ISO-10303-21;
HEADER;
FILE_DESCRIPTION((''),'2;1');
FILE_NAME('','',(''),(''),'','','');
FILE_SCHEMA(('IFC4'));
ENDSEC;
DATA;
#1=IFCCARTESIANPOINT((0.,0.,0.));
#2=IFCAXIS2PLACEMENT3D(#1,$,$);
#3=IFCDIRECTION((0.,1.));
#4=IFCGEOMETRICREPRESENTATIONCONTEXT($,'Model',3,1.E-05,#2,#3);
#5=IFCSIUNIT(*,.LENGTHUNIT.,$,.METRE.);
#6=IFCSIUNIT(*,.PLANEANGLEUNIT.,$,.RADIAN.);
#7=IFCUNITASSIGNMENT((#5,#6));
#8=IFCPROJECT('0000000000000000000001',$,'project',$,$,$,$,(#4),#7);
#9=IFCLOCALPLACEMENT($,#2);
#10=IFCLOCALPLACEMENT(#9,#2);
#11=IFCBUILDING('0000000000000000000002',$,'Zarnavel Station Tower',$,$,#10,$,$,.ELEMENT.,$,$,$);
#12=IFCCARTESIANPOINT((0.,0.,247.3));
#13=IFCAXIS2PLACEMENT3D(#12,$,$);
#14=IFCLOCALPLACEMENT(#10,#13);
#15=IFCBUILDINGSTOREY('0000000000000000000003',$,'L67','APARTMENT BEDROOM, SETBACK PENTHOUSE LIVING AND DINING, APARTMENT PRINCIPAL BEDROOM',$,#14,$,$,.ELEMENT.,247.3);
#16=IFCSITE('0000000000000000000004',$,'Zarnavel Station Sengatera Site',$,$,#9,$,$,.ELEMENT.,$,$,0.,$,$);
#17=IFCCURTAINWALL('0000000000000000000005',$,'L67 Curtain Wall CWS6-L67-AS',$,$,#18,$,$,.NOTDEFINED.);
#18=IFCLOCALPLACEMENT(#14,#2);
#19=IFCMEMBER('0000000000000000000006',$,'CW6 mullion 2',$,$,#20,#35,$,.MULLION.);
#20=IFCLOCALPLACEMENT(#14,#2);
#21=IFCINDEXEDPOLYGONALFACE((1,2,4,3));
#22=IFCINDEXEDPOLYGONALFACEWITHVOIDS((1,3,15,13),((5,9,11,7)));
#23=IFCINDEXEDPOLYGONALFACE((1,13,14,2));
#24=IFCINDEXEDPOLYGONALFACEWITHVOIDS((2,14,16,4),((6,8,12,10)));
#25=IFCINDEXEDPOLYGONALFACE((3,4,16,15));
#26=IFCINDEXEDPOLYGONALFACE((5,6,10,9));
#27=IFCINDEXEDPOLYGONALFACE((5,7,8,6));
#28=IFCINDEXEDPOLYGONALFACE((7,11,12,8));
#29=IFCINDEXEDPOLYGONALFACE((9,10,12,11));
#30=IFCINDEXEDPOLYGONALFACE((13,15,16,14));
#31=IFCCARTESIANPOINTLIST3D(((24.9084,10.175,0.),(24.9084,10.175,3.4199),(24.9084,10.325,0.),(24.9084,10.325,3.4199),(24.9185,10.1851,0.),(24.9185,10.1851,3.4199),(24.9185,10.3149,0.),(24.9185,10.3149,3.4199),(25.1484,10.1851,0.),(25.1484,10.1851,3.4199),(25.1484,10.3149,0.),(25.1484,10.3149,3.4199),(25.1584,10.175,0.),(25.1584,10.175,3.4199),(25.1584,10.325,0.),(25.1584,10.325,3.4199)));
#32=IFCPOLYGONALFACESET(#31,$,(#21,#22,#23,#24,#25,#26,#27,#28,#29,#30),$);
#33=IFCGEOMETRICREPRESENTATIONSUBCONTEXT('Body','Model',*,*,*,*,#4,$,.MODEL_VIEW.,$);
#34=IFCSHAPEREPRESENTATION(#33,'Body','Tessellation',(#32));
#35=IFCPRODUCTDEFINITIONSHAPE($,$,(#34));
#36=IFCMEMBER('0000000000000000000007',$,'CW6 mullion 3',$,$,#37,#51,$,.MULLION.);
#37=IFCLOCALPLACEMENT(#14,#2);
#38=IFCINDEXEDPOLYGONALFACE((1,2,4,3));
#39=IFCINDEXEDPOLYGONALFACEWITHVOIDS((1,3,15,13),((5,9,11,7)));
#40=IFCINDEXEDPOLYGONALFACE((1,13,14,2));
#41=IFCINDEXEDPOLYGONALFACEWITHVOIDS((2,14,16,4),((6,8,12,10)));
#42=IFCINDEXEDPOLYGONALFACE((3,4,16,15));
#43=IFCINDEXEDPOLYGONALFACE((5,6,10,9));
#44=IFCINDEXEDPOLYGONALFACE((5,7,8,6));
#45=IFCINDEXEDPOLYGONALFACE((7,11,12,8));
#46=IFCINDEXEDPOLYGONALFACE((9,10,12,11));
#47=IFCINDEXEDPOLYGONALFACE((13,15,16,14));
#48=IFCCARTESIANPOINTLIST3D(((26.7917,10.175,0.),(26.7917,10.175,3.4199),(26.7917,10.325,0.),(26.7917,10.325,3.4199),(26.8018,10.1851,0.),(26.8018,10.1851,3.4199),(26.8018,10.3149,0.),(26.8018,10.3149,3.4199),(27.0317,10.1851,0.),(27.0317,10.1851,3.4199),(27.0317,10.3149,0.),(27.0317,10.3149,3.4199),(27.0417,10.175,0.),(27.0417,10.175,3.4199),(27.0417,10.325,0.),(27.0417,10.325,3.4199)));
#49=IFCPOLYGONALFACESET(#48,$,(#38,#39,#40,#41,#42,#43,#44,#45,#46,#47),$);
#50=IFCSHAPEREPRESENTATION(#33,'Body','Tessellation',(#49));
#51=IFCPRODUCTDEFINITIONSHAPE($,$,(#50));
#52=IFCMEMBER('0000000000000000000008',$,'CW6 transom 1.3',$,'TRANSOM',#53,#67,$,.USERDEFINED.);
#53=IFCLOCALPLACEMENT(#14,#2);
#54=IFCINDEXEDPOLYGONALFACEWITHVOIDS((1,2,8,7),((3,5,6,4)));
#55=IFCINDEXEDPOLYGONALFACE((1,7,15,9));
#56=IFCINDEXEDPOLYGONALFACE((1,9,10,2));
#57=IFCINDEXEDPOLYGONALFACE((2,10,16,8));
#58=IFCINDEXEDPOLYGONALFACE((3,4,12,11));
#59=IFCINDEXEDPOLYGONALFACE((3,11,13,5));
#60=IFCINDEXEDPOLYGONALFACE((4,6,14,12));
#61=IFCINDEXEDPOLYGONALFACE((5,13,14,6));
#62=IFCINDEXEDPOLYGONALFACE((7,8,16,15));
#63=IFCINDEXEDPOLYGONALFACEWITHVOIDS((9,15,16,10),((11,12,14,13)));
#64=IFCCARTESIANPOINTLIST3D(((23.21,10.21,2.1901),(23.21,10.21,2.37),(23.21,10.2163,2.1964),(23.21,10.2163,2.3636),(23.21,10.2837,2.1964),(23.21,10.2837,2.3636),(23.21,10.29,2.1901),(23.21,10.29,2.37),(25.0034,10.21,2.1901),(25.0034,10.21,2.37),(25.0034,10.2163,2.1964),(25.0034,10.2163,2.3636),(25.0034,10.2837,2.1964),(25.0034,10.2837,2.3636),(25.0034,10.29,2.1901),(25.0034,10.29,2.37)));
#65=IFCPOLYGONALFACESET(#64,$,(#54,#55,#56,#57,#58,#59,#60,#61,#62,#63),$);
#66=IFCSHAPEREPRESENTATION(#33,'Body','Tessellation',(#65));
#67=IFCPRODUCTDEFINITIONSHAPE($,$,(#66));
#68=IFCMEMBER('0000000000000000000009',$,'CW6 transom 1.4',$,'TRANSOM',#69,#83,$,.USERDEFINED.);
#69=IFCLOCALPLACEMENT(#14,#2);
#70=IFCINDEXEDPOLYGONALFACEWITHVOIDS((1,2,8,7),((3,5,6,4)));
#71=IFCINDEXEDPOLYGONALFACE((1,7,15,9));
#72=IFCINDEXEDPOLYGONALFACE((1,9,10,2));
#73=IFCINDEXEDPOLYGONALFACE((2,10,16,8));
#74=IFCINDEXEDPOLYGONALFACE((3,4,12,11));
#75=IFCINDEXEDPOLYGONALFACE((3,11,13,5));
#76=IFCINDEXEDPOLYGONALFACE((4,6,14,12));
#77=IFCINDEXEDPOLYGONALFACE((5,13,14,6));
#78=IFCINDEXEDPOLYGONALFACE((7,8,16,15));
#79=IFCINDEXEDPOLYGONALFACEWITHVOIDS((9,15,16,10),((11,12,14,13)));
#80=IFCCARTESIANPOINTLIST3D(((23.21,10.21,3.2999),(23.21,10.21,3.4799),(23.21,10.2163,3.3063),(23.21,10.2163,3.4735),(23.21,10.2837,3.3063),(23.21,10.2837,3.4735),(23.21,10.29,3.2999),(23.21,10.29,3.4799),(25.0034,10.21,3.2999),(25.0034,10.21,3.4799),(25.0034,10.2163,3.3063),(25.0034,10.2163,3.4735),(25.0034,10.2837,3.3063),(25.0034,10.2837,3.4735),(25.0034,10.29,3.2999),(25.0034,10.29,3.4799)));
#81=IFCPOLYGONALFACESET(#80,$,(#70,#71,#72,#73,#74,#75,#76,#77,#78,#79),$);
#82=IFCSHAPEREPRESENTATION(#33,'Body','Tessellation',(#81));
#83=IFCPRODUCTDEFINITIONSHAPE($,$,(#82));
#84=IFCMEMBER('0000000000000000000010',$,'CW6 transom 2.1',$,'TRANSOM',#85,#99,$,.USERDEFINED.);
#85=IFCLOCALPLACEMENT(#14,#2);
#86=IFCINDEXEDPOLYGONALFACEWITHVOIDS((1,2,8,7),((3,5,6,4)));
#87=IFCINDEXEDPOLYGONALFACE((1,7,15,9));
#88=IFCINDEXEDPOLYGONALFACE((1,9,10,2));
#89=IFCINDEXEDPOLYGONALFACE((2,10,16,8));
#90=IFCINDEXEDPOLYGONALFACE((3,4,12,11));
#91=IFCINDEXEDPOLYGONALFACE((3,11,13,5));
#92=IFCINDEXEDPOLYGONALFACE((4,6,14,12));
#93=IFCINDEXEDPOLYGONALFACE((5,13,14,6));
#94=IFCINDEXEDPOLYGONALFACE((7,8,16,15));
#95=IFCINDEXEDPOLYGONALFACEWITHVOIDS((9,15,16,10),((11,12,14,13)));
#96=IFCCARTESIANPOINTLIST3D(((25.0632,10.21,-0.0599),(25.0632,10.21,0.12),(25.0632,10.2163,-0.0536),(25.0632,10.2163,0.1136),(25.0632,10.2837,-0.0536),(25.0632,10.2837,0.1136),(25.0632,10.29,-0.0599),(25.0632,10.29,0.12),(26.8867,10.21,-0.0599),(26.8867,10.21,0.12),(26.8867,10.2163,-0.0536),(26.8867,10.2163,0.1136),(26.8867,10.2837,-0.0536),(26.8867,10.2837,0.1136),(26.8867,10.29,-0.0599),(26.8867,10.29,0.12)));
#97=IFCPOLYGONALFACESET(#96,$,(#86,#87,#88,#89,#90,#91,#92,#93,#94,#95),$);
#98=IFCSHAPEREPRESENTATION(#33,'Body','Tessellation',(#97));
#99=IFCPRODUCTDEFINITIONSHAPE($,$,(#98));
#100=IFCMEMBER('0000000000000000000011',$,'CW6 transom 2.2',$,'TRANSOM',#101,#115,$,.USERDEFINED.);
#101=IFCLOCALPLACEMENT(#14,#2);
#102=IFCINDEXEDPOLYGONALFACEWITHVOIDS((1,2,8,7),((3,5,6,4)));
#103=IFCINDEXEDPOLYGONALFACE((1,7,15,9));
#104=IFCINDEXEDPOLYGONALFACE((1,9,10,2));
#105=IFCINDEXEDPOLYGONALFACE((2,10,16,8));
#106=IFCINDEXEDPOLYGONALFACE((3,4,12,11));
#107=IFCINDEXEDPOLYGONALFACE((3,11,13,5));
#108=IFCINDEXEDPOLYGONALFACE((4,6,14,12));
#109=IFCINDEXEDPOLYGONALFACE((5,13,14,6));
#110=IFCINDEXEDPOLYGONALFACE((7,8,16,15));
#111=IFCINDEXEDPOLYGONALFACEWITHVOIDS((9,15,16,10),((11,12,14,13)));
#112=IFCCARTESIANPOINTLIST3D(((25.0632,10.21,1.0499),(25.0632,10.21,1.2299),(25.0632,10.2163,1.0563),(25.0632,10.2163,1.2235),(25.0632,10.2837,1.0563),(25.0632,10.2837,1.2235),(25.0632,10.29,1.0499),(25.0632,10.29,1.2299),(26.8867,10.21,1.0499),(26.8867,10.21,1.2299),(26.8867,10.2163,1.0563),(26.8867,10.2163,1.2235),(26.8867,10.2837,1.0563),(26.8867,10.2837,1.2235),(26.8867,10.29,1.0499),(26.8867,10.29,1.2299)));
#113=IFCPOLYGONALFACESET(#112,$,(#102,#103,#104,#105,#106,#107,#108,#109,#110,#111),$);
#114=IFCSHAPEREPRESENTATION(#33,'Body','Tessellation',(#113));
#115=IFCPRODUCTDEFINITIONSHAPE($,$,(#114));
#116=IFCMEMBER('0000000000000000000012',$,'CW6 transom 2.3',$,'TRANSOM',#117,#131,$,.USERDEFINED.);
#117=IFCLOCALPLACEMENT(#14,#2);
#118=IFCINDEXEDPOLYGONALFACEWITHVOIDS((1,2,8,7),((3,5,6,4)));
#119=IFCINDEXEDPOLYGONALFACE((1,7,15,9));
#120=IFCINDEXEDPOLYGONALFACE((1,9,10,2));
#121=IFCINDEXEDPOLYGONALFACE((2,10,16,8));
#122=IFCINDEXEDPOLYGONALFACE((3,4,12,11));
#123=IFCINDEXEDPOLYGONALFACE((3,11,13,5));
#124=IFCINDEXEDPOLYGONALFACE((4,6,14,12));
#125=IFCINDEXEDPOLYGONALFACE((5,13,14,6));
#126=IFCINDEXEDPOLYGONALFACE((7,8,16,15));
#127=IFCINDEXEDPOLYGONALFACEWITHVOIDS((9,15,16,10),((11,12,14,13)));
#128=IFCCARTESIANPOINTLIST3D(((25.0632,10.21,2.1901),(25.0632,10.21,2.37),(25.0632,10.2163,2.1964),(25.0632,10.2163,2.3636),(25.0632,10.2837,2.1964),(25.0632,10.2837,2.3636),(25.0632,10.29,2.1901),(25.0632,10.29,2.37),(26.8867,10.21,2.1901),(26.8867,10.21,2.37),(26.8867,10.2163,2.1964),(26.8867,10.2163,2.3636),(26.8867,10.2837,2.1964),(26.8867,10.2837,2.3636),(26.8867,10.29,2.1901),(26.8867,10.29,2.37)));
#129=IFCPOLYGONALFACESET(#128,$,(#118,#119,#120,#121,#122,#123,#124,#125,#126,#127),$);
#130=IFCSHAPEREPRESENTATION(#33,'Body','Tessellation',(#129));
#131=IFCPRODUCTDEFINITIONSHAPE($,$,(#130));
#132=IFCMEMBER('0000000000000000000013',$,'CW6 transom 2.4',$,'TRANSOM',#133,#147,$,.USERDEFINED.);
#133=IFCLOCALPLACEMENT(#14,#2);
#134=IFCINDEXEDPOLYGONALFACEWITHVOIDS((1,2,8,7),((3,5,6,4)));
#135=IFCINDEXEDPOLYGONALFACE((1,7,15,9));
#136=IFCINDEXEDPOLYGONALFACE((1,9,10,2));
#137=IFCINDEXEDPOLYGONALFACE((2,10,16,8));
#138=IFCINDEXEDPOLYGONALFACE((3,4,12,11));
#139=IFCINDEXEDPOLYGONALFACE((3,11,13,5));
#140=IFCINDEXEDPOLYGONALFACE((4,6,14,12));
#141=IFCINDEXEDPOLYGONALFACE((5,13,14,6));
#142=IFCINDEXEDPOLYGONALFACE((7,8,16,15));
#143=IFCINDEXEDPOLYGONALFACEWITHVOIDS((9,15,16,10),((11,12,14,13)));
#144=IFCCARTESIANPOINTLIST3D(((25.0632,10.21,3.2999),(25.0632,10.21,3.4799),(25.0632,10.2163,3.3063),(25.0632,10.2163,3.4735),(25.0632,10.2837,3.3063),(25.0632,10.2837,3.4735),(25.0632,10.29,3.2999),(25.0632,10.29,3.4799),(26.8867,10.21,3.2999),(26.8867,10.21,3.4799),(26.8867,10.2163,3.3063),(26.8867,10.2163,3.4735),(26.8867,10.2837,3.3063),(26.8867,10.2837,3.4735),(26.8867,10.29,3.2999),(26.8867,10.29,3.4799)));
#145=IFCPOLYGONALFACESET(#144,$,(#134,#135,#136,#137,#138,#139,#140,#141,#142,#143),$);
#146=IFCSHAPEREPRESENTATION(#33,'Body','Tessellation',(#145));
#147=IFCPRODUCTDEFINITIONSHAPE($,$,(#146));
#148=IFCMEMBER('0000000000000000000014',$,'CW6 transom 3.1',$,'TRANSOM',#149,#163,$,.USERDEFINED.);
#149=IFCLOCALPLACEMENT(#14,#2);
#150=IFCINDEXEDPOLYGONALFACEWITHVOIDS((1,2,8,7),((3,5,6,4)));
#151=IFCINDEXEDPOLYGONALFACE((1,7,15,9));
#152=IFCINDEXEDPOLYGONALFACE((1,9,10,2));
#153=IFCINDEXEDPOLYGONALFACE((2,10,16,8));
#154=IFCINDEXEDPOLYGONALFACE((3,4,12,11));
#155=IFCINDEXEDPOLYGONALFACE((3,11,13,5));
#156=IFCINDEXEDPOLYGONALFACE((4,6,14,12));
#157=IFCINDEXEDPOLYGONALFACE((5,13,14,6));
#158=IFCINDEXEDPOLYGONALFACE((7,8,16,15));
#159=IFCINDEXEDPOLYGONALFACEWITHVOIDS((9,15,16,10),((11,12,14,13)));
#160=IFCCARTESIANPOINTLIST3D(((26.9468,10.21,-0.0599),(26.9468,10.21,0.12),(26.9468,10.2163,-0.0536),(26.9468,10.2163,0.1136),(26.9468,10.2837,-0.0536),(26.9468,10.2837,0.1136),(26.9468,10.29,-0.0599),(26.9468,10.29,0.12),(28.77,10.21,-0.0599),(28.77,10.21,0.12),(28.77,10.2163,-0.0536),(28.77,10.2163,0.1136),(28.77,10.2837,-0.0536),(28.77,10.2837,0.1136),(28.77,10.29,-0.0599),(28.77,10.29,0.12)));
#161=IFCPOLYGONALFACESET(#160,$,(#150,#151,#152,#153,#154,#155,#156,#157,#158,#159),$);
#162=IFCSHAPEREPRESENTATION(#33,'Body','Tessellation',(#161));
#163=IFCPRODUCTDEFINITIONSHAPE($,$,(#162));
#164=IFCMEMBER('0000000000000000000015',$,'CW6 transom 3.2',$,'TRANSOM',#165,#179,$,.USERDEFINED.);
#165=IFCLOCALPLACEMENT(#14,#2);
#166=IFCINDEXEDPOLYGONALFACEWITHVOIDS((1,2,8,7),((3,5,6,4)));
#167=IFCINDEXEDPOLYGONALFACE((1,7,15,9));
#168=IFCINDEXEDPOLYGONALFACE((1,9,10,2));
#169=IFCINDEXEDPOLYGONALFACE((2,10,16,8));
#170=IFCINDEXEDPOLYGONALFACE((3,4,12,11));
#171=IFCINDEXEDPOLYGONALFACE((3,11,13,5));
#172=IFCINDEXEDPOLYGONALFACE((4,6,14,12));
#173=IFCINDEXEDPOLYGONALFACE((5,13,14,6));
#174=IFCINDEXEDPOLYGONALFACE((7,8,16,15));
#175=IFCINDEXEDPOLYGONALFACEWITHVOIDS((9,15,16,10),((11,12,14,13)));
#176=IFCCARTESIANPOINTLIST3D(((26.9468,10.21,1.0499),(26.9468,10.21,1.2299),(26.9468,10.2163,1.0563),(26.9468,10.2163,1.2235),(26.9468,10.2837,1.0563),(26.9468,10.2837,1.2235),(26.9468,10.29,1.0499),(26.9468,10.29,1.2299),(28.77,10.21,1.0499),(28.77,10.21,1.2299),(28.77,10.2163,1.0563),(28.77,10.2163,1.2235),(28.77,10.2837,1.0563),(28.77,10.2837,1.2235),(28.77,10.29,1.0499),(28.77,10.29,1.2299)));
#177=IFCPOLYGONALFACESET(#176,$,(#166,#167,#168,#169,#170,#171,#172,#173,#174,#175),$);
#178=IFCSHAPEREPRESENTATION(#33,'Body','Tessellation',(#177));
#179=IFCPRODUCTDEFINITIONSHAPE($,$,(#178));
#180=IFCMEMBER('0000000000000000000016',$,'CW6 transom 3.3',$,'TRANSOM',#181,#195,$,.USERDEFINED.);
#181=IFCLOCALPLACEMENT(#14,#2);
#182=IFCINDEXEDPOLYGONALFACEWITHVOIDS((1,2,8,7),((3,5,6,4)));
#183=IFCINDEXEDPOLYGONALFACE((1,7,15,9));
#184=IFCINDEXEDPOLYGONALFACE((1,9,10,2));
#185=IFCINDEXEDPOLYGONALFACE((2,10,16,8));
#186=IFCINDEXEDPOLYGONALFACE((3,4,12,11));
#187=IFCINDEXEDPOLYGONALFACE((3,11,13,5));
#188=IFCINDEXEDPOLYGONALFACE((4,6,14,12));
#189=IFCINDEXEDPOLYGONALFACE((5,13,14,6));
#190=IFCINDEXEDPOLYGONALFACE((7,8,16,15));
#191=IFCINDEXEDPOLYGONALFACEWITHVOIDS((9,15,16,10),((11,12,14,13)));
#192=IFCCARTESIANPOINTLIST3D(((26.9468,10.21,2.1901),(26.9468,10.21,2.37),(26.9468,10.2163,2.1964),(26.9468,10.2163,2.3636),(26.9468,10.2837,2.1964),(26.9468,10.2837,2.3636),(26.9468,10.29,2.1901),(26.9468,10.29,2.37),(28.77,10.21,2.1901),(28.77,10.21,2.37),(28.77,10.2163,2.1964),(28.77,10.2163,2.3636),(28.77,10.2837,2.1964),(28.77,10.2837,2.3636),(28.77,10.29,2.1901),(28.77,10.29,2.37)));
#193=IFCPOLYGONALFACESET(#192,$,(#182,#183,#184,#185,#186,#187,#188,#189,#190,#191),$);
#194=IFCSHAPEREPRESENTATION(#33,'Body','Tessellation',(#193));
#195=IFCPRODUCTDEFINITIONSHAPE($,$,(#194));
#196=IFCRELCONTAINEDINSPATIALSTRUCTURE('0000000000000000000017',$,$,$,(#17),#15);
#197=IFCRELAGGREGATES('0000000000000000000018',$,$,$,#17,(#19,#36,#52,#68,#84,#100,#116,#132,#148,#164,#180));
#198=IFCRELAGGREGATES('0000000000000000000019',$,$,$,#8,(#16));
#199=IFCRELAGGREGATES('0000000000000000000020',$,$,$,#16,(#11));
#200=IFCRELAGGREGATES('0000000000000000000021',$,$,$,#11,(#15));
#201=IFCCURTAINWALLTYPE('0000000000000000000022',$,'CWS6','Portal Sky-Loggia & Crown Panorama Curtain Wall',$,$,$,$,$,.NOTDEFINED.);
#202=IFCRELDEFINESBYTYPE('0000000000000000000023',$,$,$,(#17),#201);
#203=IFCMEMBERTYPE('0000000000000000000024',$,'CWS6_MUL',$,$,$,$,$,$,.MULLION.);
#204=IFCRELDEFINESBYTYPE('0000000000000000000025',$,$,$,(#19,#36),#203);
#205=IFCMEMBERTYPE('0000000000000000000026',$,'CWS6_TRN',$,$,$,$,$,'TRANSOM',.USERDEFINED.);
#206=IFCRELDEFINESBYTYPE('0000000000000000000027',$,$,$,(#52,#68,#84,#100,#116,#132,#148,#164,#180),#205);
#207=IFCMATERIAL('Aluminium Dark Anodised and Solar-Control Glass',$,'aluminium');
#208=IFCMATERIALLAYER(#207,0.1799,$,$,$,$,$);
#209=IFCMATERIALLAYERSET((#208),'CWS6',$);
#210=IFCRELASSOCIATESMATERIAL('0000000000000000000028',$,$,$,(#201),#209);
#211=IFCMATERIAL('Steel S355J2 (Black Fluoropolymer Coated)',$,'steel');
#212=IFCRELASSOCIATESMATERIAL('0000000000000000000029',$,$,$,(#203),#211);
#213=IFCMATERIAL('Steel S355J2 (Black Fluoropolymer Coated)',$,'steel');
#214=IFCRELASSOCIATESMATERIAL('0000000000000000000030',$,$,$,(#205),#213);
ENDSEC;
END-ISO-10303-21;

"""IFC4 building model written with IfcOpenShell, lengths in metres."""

from ifc_helpers import new_model, si_unit, direction, frame, origin, origin_2d, place, context, subcontext, project, spatial, hollow_rectangle, extrude, material, layer, layer_set, material_profile, profile_set, type_object, element, aggregate, save


model = new_model("IFC4")

# Units and contexts
model_context = context("Model", 3, precision=1e-05, world=origin(), true_north=direction((0.0, 1.0)))
body_context = subcontext(model_context, "Body", "Model", "MODEL_VIEW")
ifc_project = project(units=[si_unit("LENGTHUNIT", "METRE"), si_unit("PLANEANGLEUNIT", "RADIAN")], contexts=[model_context])

# Site, building, storey
site_placement = place(None, origin())
site = spatial("IfcSite", under=ifc_project, at=site_placement, Name="Zarnavel Station Sengatera Site", CompositionType="ELEMENT", RefElevation=0.0)
building_placement = place(site_placement, origin())
building = spatial("IfcBuilding", under=site, at=building_placement, Name="Zarnavel Station Tower", CompositionType="ELEMENT")
storey_placement = place(building_placement, frame((0.0, 0.0, 247.3)))
storey = spatial("IfcBuildingStorey", under=building, at=storey_placement, Name="L67", Description="APARTMENT BEDROOM, SETBACK PENTHOUSE LIVING AND DINING, APARTMENT PRINCIPAL BEDROOM", CompositionType="ELEMENT", Elevation=247.3)

# Curtain wall, members
ifc_material_1 = material(Name="Aluminium Dark Anodised and Solar-Control Glass", Category="aluminium")
ifc_layer_1 = layer(ifc_material_1, 0.1799)
ifc_layer_set_1 = layer_set([ifc_layer_1], Name="CWS6")
curtain_wall_type = type_object("IfcCurtainWallType", Name="CWS6", Description="Portal Sky-Loggia & Crown Panorama Curtain Wall", PredefinedType="NOTDEFINED", material=ifc_layer_set_1)
curtain_wall_placement = place(storey_placement, origin())
curtain_wall = element("IfcCurtainWall", 1, at=curtain_wall_placement, inside=storey, type_object=curtain_wall_type, Name="L67 Curtain Wall CWS6-L67-AS", PredefinedType="NOTDEFINED")
ifc_material_2 = material(Name="Steel S355J2 (Black Fluoropolymer Coated)", Category="steel")
ifc_material_profile_1 = material_profile(ifc_material_2, hollow_rectangle(XDim=0.1499, YDim=0.25, WallThickness=0.01, at=origin_2d()), Name="RHS250x150x10")
ifc_profile_set_1 = profile_set([ifc_material_profile_1], Name="Steel S355J2 (Black Fluoropolymer Coated)")
member_type_1 = type_object("IfcMemberType", Name="CWS6_MUL", PredefinedType="MULLION", material=ifc_profile_set_1)
member_1_placement = place(storey_placement, frame((25.0334, 10.25, 0.0), z_axis=(0.0, 0.0, 1.0), x_axis=(0.0, 1.0, 0.0)))
member_1 = element("IfcMember", 2, at=member_1_placement, type_object=member_type_1, Name="CW6 mullion 2", PredefinedType="MULLION", context=body_context, shape_type="SweptSolid", body=[
    extrude(hollow_rectangle(XDim=0.1499, YDim=0.25, WallThickness=0.01, at=origin_2d()), origin(), (0.0, 0.0, 1.0), 3.4199),
])
member_2_placement = place(storey_placement, frame((26.9167, 10.25, 0.0), z_axis=(0.0, 0.0, 1.0), x_axis=(0.0, 1.0, 0.0)))
member_2 = element("IfcMember", 3, at=member_2_placement, type_object=member_type_1, Name="CW6 mullion 3", PredefinedType="MULLION", context=body_context, shape_type="SweptSolid", body=[
    extrude(hollow_rectangle(XDim=0.1499, YDim=0.25, WallThickness=0.01, at=origin_2d()), origin(), (0.0, 0.0, 1.0), 3.4199),
])
ifc_material_3 = material(Name="Steel S355J2 (Black Fluoropolymer Coated)", Category="steel")
ifc_material_profile_2 = material_profile(ifc_material_3, hollow_rectangle(XDim=0.0801, YDim=0.1799, WallThickness=0.0063, at=origin_2d()), Name="RHS180x80x6.3")
ifc_profile_set_2 = profile_set([ifc_material_profile_2], Name="Steel S355J2 (Black Fluoropolymer Coated)")
member_type_2 = type_object("IfcMemberType", Name="CWS6_TRN", ElementType="TRANSOM", PredefinedType="USERDEFINED", material=ifc_profile_set_2)
member_3_placement = place(storey_placement, frame((23.21, 10.25, 2.28), z_axis=(1.0, 0.0, 0.0), x_axis=(0.0, 1.0, 0.0)))
member_3 = element("IfcMember", 4, at=member_3_placement, type_object=member_type_2, Name="CW6 transom 1.3", ObjectType="TRANSOM", PredefinedType="USERDEFINED", context=body_context, shape_type="SweptSolid", body=[
    extrude(hollow_rectangle(XDim=0.0801, YDim=0.1799, WallThickness=0.0063, at=origin_2d()), origin(), (0.0, 0.0, 1.0), 1.7935),
])
member_4_placement = place(storey_placement, frame((23.21, 10.25, 3.3899), z_axis=(1.0, 0.0, 0.0), x_axis=(0.0, 1.0, 0.0)))
member_4 = element("IfcMember", 5, at=member_4_placement, type_object=member_type_2, Name="CW6 transom 1.4", ObjectType="TRANSOM", PredefinedType="USERDEFINED", context=body_context, shape_type="SweptSolid", body=[
    extrude(hollow_rectangle(XDim=0.0801, YDim=0.1799, WallThickness=0.0063, at=origin_2d()), origin(), (0.0, 0.0, 1.0), 1.7935),
])
member_5_placement = place(storey_placement, frame((25.0632, 10.25, 0.03), z_axis=(1.0, 0.0, 0.0), x_axis=(0.0, 1.0, 0.0)))
member_5 = element("IfcMember", 6, at=member_5_placement, type_object=member_type_2, Name="CW6 transom 2.1", ObjectType="TRANSOM", PredefinedType="USERDEFINED", context=body_context, shape_type="SweptSolid", body=[
    extrude(hollow_rectangle(XDim=0.0801, YDim=0.1799, WallThickness=0.0063, at=origin_2d()), origin(), (0.0, 0.0, 1.0), 1.8235),
])
member_6_placement = place(storey_placement, frame((25.0632, 10.25, 1.1399), z_axis=(1.0, 0.0, 0.0), x_axis=(0.0, 1.0, 0.0)))
member_6 = element("IfcMember", 7, at=member_6_placement, type_object=member_type_2, Name="CW6 transom 2.2", ObjectType="TRANSOM", PredefinedType="USERDEFINED", context=body_context, shape_type="SweptSolid", body=[
    extrude(hollow_rectangle(XDim=0.0801, YDim=0.1799, WallThickness=0.0063, at=origin_2d()), origin(), (0.0, 0.0, 1.0), 1.8235),
])
member_7_placement = place(storey_placement, frame((25.0632, 10.25, 2.28), z_axis=(1.0, 0.0, 0.0), x_axis=(0.0, 1.0, 0.0)))
member_7 = element("IfcMember", 8, at=member_7_placement, type_object=member_type_2, Name="CW6 transom 2.3", ObjectType="TRANSOM", PredefinedType="USERDEFINED", context=body_context, shape_type="SweptSolid", body=[
    extrude(hollow_rectangle(XDim=0.0801, YDim=0.1799, WallThickness=0.0063, at=origin_2d()), origin(), (0.0, 0.0, 1.0), 1.8235),
])
member_8_placement = place(storey_placement, frame((25.0632, 10.25, 3.3899), z_axis=(1.0, 0.0, 0.0), x_axis=(0.0, 1.0, 0.0)))
member_8 = element("IfcMember", 9, at=member_8_placement, type_object=member_type_2, Name="CW6 transom 2.4", ObjectType="TRANSOM", PredefinedType="USERDEFINED", context=body_context, shape_type="SweptSolid", body=[
    extrude(hollow_rectangle(XDim=0.0801, YDim=0.1799, WallThickness=0.0063, at=origin_2d()), origin(), (0.0, 0.0, 1.0), 1.8235),
])
member_9_placement = place(storey_placement, frame((26.9468, 10.25, 0.03), z_axis=(1.0, 0.0, 0.0), x_axis=(0.0, 1.0, 0.0)))
member_9 = element("IfcMember", 10, at=member_9_placement, type_object=member_type_2, Name="CW6 transom 3.1", ObjectType="TRANSOM", PredefinedType="USERDEFINED", context=body_context, shape_type="SweptSolid", body=[
    extrude(hollow_rectangle(XDim=0.0801, YDim=0.1799, WallThickness=0.0063, at=origin_2d()), origin(), (0.0, 0.0, 1.0), 1.8232),
])
member_10_placement = place(storey_placement, frame((26.9468, 10.25, 1.1399), z_axis=(1.0, 0.0, 0.0), x_axis=(0.0, 1.0, 0.0)))
member_10 = element("IfcMember", 11, at=member_10_placement, type_object=member_type_2, Name="CW6 transom 3.2", ObjectType="TRANSOM", PredefinedType="USERDEFINED", context=body_context, shape_type="SweptSolid", body=[
    extrude(hollow_rectangle(XDim=0.0801, YDim=0.1799, WallThickness=0.0063, at=origin_2d()), origin(), (0.0, 0.0, 1.0), 1.8232),
])
member_11_placement = place(storey_placement, frame((26.9468, 10.25, 2.28), z_axis=(1.0, 0.0, 0.0), x_axis=(0.0, 1.0, 0.0)))
member_11 = element("IfcMember", 12, at=member_11_placement, type_object=member_type_2, Name="CW6 transom 3.3", ObjectType="TRANSOM", PredefinedType="USERDEFINED", context=body_context, shape_type="SweptSolid", body=[
    extrude(hollow_rectangle(XDim=0.0801, YDim=0.1799, WallThickness=0.0063, at=origin_2d()), origin(), (0.0, 0.0, 1.0), 1.8232),
])
aggregate(curtain_wall, [member_1, member_2, member_3, member_4, member_5, member_6, member_7, member_8, member_9, member_10, member_11])

save(model, "model.ifc")
